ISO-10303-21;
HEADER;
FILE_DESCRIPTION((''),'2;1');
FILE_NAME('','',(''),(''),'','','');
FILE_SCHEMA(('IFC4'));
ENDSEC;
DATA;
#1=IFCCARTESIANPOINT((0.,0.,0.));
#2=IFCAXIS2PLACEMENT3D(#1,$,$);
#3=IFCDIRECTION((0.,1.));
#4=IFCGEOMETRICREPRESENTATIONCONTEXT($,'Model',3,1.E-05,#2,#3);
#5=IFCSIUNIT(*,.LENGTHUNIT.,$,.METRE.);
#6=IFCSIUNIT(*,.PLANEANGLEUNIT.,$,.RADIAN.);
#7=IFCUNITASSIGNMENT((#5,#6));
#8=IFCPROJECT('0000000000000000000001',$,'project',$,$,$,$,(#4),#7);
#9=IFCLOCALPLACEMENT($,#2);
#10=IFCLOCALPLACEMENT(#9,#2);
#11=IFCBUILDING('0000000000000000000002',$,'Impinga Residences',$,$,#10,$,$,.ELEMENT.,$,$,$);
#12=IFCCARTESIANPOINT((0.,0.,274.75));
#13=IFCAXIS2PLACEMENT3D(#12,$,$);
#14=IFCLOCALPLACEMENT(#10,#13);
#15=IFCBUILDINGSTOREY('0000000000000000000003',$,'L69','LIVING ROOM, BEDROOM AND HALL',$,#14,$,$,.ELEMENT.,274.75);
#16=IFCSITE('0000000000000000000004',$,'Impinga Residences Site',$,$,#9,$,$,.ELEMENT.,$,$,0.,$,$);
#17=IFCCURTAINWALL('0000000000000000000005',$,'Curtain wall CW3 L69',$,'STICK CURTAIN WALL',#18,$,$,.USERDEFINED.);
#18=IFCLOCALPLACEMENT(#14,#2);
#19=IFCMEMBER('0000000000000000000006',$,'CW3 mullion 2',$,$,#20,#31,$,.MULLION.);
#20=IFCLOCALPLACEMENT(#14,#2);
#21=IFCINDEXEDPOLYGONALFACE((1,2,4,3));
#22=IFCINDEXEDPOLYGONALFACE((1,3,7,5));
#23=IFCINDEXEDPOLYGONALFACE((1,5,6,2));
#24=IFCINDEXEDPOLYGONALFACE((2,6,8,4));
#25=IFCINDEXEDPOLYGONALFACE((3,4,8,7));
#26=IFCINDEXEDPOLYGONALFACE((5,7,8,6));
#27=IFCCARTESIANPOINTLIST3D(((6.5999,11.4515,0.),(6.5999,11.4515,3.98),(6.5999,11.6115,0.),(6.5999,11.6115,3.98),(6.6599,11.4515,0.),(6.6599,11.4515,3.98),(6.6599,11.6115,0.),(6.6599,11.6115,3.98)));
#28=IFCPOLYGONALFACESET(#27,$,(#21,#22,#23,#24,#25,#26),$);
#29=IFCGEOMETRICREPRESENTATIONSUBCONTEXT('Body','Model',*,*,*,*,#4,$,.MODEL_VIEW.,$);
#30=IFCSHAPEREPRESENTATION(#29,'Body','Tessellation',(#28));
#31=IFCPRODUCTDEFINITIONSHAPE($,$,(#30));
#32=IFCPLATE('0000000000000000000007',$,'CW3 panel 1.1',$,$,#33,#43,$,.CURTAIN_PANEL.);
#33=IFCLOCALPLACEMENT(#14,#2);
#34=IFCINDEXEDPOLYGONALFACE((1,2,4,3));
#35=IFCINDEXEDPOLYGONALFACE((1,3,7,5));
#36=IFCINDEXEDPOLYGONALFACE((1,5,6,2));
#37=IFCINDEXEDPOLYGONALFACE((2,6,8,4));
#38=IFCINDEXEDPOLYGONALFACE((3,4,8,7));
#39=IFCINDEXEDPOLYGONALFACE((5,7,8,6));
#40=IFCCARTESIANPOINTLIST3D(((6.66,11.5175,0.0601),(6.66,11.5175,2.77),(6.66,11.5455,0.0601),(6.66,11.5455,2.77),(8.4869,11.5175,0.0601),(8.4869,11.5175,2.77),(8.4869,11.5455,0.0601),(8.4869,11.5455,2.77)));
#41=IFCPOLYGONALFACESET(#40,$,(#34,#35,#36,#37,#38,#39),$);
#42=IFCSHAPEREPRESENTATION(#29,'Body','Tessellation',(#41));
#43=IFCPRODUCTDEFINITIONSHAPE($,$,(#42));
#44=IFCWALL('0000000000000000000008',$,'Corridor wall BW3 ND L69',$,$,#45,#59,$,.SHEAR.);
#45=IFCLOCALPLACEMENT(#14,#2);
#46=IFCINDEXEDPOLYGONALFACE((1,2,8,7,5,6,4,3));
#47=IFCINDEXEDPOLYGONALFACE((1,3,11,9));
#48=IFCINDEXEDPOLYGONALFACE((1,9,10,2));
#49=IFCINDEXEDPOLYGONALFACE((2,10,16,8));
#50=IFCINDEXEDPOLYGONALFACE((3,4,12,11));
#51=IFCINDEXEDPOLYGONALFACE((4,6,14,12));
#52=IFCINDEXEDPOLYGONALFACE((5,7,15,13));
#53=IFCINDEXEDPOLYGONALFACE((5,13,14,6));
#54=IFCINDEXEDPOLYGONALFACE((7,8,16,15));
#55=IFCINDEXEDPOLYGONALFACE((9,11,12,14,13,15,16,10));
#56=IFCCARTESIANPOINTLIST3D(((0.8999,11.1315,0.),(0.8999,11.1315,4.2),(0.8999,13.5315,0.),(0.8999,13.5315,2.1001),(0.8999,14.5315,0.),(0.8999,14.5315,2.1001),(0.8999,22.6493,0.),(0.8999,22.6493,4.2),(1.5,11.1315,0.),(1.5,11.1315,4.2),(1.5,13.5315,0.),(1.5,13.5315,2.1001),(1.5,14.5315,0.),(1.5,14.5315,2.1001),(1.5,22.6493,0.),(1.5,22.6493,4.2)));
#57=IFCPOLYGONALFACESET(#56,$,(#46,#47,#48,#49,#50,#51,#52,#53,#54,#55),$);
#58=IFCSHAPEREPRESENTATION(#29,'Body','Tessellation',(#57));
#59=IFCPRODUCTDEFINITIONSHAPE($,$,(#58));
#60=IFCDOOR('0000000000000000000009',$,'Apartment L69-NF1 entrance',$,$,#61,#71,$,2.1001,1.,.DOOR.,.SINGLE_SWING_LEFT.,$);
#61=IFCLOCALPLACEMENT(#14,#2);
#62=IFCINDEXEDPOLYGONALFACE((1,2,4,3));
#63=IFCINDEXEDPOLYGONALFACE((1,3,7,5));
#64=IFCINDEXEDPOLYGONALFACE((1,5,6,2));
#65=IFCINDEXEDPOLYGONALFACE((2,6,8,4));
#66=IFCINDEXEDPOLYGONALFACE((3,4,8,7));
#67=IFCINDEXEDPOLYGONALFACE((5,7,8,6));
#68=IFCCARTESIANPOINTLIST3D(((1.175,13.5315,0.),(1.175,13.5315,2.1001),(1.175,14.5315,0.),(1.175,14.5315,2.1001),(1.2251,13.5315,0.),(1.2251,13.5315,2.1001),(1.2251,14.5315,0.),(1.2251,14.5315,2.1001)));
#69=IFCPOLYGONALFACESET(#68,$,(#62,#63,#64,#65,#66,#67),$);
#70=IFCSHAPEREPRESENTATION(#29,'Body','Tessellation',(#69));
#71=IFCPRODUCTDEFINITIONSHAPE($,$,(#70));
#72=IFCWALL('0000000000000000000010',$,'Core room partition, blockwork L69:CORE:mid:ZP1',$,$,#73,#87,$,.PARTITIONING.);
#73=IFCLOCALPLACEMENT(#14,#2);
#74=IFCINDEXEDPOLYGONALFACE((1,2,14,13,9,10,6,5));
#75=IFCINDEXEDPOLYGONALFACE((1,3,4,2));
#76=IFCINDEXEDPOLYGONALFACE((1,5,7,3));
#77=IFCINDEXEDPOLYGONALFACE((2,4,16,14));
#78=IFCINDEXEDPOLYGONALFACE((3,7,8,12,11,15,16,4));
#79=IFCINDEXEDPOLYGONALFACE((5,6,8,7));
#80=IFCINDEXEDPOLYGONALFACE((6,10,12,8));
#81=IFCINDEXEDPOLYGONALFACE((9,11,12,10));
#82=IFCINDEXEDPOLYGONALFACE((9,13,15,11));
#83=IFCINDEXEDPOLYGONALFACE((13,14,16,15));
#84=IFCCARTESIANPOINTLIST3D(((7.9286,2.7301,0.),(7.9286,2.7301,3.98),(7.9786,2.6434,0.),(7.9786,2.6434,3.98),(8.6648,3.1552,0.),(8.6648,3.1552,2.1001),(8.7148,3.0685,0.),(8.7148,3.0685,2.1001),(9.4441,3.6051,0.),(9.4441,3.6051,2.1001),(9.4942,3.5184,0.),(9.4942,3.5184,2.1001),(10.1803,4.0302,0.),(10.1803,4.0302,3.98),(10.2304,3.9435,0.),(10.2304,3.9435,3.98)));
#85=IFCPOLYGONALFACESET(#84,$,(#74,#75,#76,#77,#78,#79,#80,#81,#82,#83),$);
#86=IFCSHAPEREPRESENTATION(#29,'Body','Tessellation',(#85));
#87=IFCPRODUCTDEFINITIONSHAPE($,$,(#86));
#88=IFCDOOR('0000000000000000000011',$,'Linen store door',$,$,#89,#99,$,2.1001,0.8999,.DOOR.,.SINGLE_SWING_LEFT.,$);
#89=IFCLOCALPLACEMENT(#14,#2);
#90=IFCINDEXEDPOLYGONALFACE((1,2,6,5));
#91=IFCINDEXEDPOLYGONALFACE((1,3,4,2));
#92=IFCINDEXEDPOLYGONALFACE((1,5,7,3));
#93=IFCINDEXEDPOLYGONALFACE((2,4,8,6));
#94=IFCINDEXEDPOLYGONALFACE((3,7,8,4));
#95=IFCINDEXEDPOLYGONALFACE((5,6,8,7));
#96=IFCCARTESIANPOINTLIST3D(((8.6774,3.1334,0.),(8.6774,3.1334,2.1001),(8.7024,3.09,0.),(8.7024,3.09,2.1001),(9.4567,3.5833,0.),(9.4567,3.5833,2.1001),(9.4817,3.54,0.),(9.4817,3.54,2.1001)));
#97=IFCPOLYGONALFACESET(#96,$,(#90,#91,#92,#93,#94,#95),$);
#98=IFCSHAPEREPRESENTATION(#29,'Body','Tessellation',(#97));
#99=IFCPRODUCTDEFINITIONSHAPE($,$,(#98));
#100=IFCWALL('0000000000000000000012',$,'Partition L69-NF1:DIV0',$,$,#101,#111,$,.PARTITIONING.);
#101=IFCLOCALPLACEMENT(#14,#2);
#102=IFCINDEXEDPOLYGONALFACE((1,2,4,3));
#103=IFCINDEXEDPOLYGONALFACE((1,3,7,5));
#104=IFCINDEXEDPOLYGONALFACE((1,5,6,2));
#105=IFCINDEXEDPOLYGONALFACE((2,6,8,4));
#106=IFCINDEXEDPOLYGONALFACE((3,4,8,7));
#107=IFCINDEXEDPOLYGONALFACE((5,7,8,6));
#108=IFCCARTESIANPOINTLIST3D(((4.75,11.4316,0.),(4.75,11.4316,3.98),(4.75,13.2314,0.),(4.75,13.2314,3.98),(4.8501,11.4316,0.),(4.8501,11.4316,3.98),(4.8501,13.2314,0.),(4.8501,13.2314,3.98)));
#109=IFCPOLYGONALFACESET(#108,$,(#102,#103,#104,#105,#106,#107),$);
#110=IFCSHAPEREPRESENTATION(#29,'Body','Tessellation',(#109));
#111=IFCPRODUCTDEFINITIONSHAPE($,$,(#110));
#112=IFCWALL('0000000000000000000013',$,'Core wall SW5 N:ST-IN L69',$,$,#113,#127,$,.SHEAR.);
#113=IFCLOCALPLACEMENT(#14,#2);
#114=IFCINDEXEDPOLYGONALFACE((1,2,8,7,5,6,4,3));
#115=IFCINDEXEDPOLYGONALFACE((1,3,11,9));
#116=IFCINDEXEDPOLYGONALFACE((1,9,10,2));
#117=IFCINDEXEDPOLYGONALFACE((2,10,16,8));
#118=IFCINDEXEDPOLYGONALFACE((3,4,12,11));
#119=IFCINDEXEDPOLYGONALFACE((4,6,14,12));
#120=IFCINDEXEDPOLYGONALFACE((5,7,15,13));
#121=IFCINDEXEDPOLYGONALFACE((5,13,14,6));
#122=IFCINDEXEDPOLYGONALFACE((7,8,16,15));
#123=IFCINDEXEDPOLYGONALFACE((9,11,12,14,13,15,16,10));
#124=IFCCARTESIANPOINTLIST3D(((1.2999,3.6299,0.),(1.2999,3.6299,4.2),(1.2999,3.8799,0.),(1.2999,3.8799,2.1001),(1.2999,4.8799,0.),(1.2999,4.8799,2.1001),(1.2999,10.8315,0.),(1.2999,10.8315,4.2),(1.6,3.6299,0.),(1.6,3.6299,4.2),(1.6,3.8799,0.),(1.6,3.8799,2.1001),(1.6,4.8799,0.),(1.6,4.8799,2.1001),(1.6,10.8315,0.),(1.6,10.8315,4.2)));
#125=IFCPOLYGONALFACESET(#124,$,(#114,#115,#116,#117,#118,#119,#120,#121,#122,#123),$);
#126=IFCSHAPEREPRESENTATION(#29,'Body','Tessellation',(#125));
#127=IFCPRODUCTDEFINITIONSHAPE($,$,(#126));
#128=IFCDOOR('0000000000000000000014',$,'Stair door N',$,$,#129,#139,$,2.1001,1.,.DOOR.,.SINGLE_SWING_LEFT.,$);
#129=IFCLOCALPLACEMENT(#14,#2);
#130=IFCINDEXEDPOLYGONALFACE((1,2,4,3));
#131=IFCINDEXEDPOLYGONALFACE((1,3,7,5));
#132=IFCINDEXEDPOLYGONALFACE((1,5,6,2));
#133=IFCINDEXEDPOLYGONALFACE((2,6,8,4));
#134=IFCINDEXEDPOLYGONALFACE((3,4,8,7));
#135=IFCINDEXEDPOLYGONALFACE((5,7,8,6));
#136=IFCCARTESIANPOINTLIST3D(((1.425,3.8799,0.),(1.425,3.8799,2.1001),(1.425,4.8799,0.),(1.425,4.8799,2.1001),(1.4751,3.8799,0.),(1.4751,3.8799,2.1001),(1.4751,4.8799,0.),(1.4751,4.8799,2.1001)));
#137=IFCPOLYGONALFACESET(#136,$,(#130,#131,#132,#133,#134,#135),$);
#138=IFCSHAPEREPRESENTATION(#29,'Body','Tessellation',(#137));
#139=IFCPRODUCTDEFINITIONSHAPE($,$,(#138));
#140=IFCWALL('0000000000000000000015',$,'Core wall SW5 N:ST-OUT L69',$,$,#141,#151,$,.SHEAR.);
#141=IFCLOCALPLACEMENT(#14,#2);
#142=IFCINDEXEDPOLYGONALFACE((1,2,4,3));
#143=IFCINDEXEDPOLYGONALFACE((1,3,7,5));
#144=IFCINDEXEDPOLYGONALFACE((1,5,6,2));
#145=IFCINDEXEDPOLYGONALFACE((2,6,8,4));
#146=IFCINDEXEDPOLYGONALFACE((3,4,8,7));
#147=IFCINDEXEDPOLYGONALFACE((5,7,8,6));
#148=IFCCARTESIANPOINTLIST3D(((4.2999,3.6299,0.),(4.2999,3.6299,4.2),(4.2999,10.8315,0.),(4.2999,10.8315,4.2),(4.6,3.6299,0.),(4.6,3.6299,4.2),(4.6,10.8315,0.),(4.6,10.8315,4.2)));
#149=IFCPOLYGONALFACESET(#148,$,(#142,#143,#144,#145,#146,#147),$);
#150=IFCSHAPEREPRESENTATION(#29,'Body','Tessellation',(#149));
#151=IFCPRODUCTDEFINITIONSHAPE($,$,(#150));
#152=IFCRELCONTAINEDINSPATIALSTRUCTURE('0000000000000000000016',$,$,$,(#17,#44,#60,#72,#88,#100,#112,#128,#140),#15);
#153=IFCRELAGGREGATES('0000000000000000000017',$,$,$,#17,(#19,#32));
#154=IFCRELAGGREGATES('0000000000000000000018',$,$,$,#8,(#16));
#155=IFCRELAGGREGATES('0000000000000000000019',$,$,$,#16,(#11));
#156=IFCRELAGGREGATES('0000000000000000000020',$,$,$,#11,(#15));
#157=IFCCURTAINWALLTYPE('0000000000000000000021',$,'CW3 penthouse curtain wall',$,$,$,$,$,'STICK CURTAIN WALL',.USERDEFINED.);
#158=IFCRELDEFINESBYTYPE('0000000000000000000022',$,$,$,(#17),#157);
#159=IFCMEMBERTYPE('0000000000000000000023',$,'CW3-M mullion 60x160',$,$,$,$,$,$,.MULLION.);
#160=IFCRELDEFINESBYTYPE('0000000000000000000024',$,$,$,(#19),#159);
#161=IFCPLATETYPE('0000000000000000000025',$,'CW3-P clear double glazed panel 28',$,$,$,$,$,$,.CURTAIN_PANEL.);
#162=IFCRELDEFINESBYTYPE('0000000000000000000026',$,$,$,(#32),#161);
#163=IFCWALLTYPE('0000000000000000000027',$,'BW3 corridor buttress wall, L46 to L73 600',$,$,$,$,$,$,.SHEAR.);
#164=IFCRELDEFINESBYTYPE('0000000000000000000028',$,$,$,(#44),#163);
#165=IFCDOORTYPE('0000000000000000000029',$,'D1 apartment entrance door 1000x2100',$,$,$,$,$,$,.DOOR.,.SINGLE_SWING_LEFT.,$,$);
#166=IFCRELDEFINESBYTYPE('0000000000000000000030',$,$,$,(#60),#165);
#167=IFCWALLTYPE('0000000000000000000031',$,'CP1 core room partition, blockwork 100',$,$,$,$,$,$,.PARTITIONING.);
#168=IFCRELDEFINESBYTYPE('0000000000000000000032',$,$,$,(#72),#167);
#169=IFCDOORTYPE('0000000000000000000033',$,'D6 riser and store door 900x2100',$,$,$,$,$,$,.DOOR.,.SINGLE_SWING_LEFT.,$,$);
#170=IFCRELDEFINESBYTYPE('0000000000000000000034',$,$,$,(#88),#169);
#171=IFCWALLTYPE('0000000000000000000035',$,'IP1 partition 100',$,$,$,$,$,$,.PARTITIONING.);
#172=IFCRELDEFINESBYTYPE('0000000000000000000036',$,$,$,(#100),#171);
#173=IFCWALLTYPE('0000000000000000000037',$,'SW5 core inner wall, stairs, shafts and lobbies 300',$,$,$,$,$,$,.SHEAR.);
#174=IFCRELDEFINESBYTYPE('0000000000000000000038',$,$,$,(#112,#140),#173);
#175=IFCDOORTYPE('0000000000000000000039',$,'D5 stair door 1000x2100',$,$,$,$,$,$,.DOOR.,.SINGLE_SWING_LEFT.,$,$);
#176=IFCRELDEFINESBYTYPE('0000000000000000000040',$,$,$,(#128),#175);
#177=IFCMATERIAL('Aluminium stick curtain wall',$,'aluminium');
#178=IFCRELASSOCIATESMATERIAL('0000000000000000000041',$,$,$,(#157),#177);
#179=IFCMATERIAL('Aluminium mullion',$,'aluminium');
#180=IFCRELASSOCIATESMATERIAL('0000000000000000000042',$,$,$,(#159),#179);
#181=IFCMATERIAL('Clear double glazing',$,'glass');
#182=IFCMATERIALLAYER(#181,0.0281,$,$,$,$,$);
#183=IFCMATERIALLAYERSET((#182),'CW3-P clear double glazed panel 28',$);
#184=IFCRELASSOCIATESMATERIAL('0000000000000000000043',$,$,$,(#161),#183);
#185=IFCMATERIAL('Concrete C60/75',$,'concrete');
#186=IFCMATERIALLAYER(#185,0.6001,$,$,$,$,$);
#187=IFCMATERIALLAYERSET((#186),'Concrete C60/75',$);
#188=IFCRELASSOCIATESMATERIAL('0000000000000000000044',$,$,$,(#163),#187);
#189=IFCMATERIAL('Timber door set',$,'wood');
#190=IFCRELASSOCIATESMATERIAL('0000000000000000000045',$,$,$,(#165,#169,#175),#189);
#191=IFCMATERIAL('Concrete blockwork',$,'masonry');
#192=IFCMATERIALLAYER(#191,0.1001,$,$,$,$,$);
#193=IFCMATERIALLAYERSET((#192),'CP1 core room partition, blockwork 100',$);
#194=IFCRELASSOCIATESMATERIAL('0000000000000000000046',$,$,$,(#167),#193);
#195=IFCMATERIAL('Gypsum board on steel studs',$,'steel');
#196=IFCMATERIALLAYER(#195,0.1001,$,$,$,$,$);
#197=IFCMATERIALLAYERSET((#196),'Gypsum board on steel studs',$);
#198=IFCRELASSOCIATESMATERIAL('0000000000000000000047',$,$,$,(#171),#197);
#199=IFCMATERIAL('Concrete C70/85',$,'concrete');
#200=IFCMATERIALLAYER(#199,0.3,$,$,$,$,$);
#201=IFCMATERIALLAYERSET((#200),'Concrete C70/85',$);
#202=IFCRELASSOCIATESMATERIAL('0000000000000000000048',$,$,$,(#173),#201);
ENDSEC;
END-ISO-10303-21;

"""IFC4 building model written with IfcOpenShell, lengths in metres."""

from ifc_helpers import new_model, si_unit, direction, frame, frame_2d, origin, origin_2d, place, context, subcontext, project, spatial, rectangle, extrude, material, layer, layer_set, material_profile, profile_set, type_object, element, fill, aggregate, save


model = new_model("IFC4")

# Units and contexts
model_context = context("Model", 3, precision=1e-05, world=origin(), true_north=direction((0.0, 1.0)))
body_context = subcontext(model_context, "Body", "Model", "MODEL_VIEW")
ifc_project = project(units=[si_unit("LENGTHUNIT", "METRE"), si_unit("PLANEANGLEUNIT", "RADIAN")], contexts=[model_context])

# Site, building, storey
site_placement = place(None, origin())
site = spatial("IfcSite", under=ifc_project, at=site_placement, Name="Impinga Residences Site", CompositionType="ELEMENT", RefElevation=0.0)
building_placement = place(site_placement, origin())
building = spatial("IfcBuilding", under=site, at=building_placement, Name="Impinga Residences", CompositionType="ELEMENT")
storey_placement = place(building_placement, frame((0.0, 0.0, 274.75)))
storey = spatial("IfcBuildingStorey", under=building, at=storey_placement, Name="L69", Description="LIVING ROOM, BEDROOM AND HALL", CompositionType="ELEMENT", Elevation=274.75)

# Curtain wall, member, plate
ifc_material_1 = material(Name="Aluminium stick curtain wall", Category="aluminium")
curtain_wall_type = type_object("IfcCurtainWallType", Name="CW3 penthouse curtain wall", ElementType="STICK CURTAIN WALL", PredefinedType="USERDEFINED", material=ifc_material_1)
curtain_wall_placement = place(storey_placement, origin())
curtain_wall = element("IfcCurtainWall", 1, at=curtain_wall_placement, inside=storey, type_object=curtain_wall_type, Name="Curtain wall CW3 L69", ObjectType="STICK CURTAIN WALL", PredefinedType="USERDEFINED")
ifc_material_2 = material(Name="Aluminium mullion", Category="aluminium")
ifc_material_profile = material_profile(ifc_material_2, rectangle(XDim=0.0601, YDim=0.1599, at=origin_2d()), Name="60x160 mullion")
ifc_profile_set = profile_set([ifc_material_profile], Name="Aluminium mullion")
member_type = type_object("IfcMemberType", Name="CW3-M mullion 60x160", PredefinedType="MULLION", material=ifc_profile_set)
member_placement = place(storey_placement, frame((6.6299, 11.5315, 0.0), z_axis=(0.0, 0.0, 1.0), x_axis=(-1.0, 0.0, 0.0)))
member = element("IfcMember", 2, at=member_placement, type_object=member_type, Name="CW3 mullion 2", PredefinedType="MULLION", context=body_context, shape_type="SweptSolid", body=[
    extrude(rectangle(XDim=0.0601, YDim=0.1599, at=origin_2d()), origin(), (0.0, 0.0, 1.0), 3.98),
])
ifc_material_3 = material(Name="Clear double glazing", Category="glass")
ifc_layer_1 = layer(ifc_material_3, 0.0281)
ifc_layer_set_1 = layer_set([ifc_layer_1], Name="CW3-P clear double glazed panel 28")
plate_type = type_object("IfcPlateType", Name="CW3-P clear double glazed panel 28", PredefinedType="CURTAIN_PANEL", material=ifc_layer_set_1)
plate_placement = place(storey_placement, frame((7.5735, 11.5315, 0.0601), z_axis=(0.0, 0.0, 1.0), x_axis=(-1.0, 0.0, 0.0)))
plate = element("IfcPlate", 3, at=plate_placement, type_object=plate_type, Name="CW3 panel 1.1", PredefinedType="CURTAIN_PANEL", context=body_context, shape_type="SweptSolid", body=[
    extrude(rectangle(XDim=1.8269, YDim=0.0281, at=origin_2d()), origin(), (0.0, 0.0, 1.0), 2.71),
])
aggregate(curtain_wall, [member, plate])

# Walls, openings, doors
ifc_material_4 = material(Name="Concrete C60/75", Category="concrete")
ifc_layer_2 = layer(ifc_material_4, 0.6001)
ifc_layer_set_2 = layer_set([ifc_layer_2], Name="Concrete C60/75")
wall_type_1 = type_object("IfcWallType", Name="BW3 corridor buttress wall, L46 to L73 600", PredefinedType="SHEAR", material=ifc_layer_set_2)
wall_1_placement = place(storey_placement, frame((1.2, 11.1316, 0.0), z_axis=(0.0, 0.0, 1.0), x_axis=(0.0, 1.0, 0.0)))
wall_1 = element("IfcWall", 4, at=wall_1_placement, inside=storey, type_object=wall_type_1, Name="Corridor wall BW3 ND L69", PredefinedType="SHEAR", context=body_context, shape_type="SweptSolid", body=[
    extrude(rectangle(XDim=11.5178, YDim=0.6001, at=frame_2d((5.7588, 0.0))), origin(), (0.0, 0.0, 1.0), 4.2),
])
opening_1_placement = place(wall_1_placement, frame((2.3999, 0.0, 0.0)))
opening_1 = element("IfcOpeningElement", 5, at=opening_1_placement, cuts=wall_1, PredefinedType="OPENING", context=body_context, shape_type="SweptSolid", body=[
    extrude(rectangle(XDim=1.0, YDim=2.1001, at=frame_2d((0.5, 1.05))), frame((0.0, 0.3101, 0.0), z_axis=(0.0, -1.0, 0.0), x_axis=(1.0, 0.0, 0.0)), (0.0, 0.0, 1.0), 0.6201),
])
ifc_material_5 = material(Name="Timber door set", Category="wood")
door_type_1 = type_object("IfcDoorType", Name="D1 apartment entrance door 1000x2100", OperationType="SINGLE_SWING_LEFT", PredefinedType="DOOR", material=ifc_material_5)
door_1_placement = place(opening_1_placement, origin())
door_1 = element("IfcDoor", 6, at=door_1_placement, inside=storey, type_object=door_type_1, Name="Apartment L69-NF1 entrance", OperationType="SINGLE_SWING_LEFT", OverallHeight=2.1001, OverallWidth=1.0, PredefinedType="DOOR", context=body_context, shape_type="SweptSolid", body=[
    extrude(rectangle(XDim=1.0, YDim=2.1001, at=frame_2d((0.5, 1.05))), frame((0.0, 0.0249, 0.0), z_axis=(0.0, -1.0, 0.0), x_axis=(1.0, 0.0, 0.0)), (0.0, 0.0, 1.0), 0.05),
])
fill(opening_1, door_1)
ifc_material_6 = material(Name="Concrete blockwork", Category="masonry")
ifc_layer_3 = layer(ifc_material_6, 0.1001)
ifc_layer_set_3 = layer_set([ifc_layer_3], Name="CP1 core room partition, blockwork 100")
wall_type_2 = type_object("IfcWallType", Name="CP1 core room partition, blockwork 100", PredefinedType="PARTITIONING", material=ifc_layer_set_3)
wall_2_placement = place(storey_placement, frame((7.9536, 2.6868, 0.0), z_axis=(0.0, 0.0, 1.0), x_axis=(0.866021, 0.500007, 0.0)))
wall_2 = element("IfcWall", 7, at=wall_2_placement, inside=storey, type_object=wall_type_2, Name="Core room partition, blockwork L69:CORE:mid:ZP1", PredefinedType="PARTITIONING", context=body_context, shape_type="SweptSolid", body=[
    extrude(rectangle(XDim=2.6001, YDim=0.1001, at=frame_2d((1.3, 0.0))), origin(), (0.0, 0.0, 1.0), 3.98),
])
opening_2_placement = place(wall_2_placement, frame((0.8501, 0.0, 0.0)))
opening_2 = element("IfcOpeningElement", 8, at=opening_2_placement, cuts=wall_2, PredefinedType="OPENING", context=body_context, shape_type="SweptSolid", body=[
    extrude(rectangle(XDim=0.8999, YDim=2.1001, at=frame_2d((0.45, 1.05))), frame((0.0, 0.0601, 0.0), z_axis=(0.0, -1.0, 0.0), x_axis=(1.0, 0.0, 0.0)), (0.0, 0.0, 1.0), 0.1201),
])
door_type_2 = type_object("IfcDoorType", Name="D6 riser and store door 900x2100", OperationType="SINGLE_SWING_LEFT", PredefinedType="DOOR", material=ifc_material_5)
door_2_placement = place(opening_2_placement, origin())
door_2 = element("IfcDoor", 9, at=door_2_placement, inside=storey, type_object=door_type_2, Name="Linen store door", OperationType="SINGLE_SWING_LEFT", OverallHeight=2.1001, OverallWidth=0.8999, PredefinedType="DOOR", context=body_context, shape_type="SweptSolid", body=[
    extrude(rectangle(XDim=0.8999, YDim=2.1001, at=frame_2d((0.45, 1.05))), frame((0.0, 0.0249, 0.0), z_axis=(0.0, -1.0, 0.0), x_axis=(1.0, 0.0, 0.0)), (0.0, 0.0, 1.0), 0.05),
])
fill(opening_2, door_2)

# Wall
ifc_material_7 = material(Name="Gypsum board on steel studs", Category="steel")
ifc_layer_4 = layer(ifc_material_7, 0.1001)
ifc_layer_set_4 = layer_set([ifc_layer_4], Name="Gypsum board on steel studs")
wall_type_3 = type_object("IfcWallType", Name="IP1 partition 100", PredefinedType="PARTITIONING", material=ifc_layer_set_4)
wall_3_placement = place(storey_placement, frame((4.8, 11.4316, 0.0), z_axis=(0.0, 0.0, 1.0), x_axis=(0.0, 1.0, 0.0)))
element("IfcWall", 10, at=wall_3_placement, inside=storey, type_object=wall_type_3, Name="Partition L69-NF1:DIV0", PredefinedType="PARTITIONING", context=body_context, shape_type="SweptSolid", body=[
    extrude(rectangle(XDim=1.7998, YDim=0.1001, at=frame_2d((0.8999, 0.0))), origin(), (0.0, 0.0, 1.0), 3.98),
])

# Wall, opening, door
ifc_material_8 = material(Name="Concrete C70/85", Category="concrete")
ifc_layer_5 = layer(ifc_material_8, 0.3)
ifc_layer_set_5 = layer_set([ifc_layer_5], Name="Concrete C70/85")
wall_type_4 = type_object("IfcWallType", Name="SW5 core inner wall, stairs, shafts and lobbies 300", PredefinedType="SHEAR", material=ifc_layer_set_5)
wall_4_placement = place(storey_placement, frame((1.45, 3.6299, 0.0), z_axis=(0.0, 0.0, 1.0), x_axis=(0.0, 1.0, 0.0)))
wall_4 = element("IfcWall", 11, at=wall_4_placement, inside=storey, type_object=wall_type_4, Name="Core wall SW5 N:ST-IN L69", PredefinedType="SHEAR", context=body_context, shape_type="SweptSolid", body=[
    extrude(rectangle(XDim=7.2017, YDim=0.3, at=frame_2d((3.6008, 0.0))), origin(), (0.0, 0.0, 1.0), 4.2),
])
opening_3_placement = place(wall_4_placement, frame((0.25, 0.0, 0.0)))
opening_3 = element("IfcOpeningElement", 12, at=opening_3_placement, cuts=wall_4, PredefinedType="OPENING", context=body_context, shape_type="SweptSolid", body=[
    extrude(rectangle(XDim=1.0, YDim=2.1001, at=frame_2d((0.5, 1.05))), frame((0.0, 0.1599, 0.0), z_axis=(0.0, -1.0, 0.0), x_axis=(1.0, 0.0, 0.0)), (0.0, 0.0, 1.0), 0.3201),
])
door_type_3 = type_object("IfcDoorType", Name="D5 stair door 1000x2100", OperationType="SINGLE_SWING_LEFT", PredefinedType="DOOR", material=ifc_material_5)
door_3_placement = place(opening_3_placement, origin())
door_3 = element("IfcDoor", 13, at=door_3_placement, inside=storey, type_object=door_type_3, Name="Stair door N", OperationType="SINGLE_SWING_LEFT", OverallHeight=2.1001, OverallWidth=1.0, PredefinedType="DOOR", context=body_context, shape_type="SweptSolid", body=[
    extrude(rectangle(XDim=1.0, YDim=2.1001, at=frame_2d((0.5, 1.05))), frame((0.0, 0.0249, 0.0), z_axis=(0.0, -1.0, 0.0), x_axis=(1.0, 0.0, 0.0)), (0.0, 0.0, 1.0), 0.05),
])
fill(opening_3, door_3)

# Wall
wall_5_placement = place(storey_placement, frame((4.45, 3.6299, 0.0), z_axis=(0.0, 0.0, 1.0), x_axis=(0.0, 1.0, 0.0)))
element("IfcWall", 14, at=wall_5_placement, inside=storey, type_object=wall_type_4, Name="Core wall SW5 N:ST-OUT L69", PredefinedType="SHEAR", context=body_context, shape_type="SweptSolid", body=[
    extrude(rectangle(XDim=7.2017, YDim=0.3, at=frame_2d((3.6008, 0.0))), origin(), (0.0, 0.0, 1.0), 4.2),
])

save(model, "model.ifc")
